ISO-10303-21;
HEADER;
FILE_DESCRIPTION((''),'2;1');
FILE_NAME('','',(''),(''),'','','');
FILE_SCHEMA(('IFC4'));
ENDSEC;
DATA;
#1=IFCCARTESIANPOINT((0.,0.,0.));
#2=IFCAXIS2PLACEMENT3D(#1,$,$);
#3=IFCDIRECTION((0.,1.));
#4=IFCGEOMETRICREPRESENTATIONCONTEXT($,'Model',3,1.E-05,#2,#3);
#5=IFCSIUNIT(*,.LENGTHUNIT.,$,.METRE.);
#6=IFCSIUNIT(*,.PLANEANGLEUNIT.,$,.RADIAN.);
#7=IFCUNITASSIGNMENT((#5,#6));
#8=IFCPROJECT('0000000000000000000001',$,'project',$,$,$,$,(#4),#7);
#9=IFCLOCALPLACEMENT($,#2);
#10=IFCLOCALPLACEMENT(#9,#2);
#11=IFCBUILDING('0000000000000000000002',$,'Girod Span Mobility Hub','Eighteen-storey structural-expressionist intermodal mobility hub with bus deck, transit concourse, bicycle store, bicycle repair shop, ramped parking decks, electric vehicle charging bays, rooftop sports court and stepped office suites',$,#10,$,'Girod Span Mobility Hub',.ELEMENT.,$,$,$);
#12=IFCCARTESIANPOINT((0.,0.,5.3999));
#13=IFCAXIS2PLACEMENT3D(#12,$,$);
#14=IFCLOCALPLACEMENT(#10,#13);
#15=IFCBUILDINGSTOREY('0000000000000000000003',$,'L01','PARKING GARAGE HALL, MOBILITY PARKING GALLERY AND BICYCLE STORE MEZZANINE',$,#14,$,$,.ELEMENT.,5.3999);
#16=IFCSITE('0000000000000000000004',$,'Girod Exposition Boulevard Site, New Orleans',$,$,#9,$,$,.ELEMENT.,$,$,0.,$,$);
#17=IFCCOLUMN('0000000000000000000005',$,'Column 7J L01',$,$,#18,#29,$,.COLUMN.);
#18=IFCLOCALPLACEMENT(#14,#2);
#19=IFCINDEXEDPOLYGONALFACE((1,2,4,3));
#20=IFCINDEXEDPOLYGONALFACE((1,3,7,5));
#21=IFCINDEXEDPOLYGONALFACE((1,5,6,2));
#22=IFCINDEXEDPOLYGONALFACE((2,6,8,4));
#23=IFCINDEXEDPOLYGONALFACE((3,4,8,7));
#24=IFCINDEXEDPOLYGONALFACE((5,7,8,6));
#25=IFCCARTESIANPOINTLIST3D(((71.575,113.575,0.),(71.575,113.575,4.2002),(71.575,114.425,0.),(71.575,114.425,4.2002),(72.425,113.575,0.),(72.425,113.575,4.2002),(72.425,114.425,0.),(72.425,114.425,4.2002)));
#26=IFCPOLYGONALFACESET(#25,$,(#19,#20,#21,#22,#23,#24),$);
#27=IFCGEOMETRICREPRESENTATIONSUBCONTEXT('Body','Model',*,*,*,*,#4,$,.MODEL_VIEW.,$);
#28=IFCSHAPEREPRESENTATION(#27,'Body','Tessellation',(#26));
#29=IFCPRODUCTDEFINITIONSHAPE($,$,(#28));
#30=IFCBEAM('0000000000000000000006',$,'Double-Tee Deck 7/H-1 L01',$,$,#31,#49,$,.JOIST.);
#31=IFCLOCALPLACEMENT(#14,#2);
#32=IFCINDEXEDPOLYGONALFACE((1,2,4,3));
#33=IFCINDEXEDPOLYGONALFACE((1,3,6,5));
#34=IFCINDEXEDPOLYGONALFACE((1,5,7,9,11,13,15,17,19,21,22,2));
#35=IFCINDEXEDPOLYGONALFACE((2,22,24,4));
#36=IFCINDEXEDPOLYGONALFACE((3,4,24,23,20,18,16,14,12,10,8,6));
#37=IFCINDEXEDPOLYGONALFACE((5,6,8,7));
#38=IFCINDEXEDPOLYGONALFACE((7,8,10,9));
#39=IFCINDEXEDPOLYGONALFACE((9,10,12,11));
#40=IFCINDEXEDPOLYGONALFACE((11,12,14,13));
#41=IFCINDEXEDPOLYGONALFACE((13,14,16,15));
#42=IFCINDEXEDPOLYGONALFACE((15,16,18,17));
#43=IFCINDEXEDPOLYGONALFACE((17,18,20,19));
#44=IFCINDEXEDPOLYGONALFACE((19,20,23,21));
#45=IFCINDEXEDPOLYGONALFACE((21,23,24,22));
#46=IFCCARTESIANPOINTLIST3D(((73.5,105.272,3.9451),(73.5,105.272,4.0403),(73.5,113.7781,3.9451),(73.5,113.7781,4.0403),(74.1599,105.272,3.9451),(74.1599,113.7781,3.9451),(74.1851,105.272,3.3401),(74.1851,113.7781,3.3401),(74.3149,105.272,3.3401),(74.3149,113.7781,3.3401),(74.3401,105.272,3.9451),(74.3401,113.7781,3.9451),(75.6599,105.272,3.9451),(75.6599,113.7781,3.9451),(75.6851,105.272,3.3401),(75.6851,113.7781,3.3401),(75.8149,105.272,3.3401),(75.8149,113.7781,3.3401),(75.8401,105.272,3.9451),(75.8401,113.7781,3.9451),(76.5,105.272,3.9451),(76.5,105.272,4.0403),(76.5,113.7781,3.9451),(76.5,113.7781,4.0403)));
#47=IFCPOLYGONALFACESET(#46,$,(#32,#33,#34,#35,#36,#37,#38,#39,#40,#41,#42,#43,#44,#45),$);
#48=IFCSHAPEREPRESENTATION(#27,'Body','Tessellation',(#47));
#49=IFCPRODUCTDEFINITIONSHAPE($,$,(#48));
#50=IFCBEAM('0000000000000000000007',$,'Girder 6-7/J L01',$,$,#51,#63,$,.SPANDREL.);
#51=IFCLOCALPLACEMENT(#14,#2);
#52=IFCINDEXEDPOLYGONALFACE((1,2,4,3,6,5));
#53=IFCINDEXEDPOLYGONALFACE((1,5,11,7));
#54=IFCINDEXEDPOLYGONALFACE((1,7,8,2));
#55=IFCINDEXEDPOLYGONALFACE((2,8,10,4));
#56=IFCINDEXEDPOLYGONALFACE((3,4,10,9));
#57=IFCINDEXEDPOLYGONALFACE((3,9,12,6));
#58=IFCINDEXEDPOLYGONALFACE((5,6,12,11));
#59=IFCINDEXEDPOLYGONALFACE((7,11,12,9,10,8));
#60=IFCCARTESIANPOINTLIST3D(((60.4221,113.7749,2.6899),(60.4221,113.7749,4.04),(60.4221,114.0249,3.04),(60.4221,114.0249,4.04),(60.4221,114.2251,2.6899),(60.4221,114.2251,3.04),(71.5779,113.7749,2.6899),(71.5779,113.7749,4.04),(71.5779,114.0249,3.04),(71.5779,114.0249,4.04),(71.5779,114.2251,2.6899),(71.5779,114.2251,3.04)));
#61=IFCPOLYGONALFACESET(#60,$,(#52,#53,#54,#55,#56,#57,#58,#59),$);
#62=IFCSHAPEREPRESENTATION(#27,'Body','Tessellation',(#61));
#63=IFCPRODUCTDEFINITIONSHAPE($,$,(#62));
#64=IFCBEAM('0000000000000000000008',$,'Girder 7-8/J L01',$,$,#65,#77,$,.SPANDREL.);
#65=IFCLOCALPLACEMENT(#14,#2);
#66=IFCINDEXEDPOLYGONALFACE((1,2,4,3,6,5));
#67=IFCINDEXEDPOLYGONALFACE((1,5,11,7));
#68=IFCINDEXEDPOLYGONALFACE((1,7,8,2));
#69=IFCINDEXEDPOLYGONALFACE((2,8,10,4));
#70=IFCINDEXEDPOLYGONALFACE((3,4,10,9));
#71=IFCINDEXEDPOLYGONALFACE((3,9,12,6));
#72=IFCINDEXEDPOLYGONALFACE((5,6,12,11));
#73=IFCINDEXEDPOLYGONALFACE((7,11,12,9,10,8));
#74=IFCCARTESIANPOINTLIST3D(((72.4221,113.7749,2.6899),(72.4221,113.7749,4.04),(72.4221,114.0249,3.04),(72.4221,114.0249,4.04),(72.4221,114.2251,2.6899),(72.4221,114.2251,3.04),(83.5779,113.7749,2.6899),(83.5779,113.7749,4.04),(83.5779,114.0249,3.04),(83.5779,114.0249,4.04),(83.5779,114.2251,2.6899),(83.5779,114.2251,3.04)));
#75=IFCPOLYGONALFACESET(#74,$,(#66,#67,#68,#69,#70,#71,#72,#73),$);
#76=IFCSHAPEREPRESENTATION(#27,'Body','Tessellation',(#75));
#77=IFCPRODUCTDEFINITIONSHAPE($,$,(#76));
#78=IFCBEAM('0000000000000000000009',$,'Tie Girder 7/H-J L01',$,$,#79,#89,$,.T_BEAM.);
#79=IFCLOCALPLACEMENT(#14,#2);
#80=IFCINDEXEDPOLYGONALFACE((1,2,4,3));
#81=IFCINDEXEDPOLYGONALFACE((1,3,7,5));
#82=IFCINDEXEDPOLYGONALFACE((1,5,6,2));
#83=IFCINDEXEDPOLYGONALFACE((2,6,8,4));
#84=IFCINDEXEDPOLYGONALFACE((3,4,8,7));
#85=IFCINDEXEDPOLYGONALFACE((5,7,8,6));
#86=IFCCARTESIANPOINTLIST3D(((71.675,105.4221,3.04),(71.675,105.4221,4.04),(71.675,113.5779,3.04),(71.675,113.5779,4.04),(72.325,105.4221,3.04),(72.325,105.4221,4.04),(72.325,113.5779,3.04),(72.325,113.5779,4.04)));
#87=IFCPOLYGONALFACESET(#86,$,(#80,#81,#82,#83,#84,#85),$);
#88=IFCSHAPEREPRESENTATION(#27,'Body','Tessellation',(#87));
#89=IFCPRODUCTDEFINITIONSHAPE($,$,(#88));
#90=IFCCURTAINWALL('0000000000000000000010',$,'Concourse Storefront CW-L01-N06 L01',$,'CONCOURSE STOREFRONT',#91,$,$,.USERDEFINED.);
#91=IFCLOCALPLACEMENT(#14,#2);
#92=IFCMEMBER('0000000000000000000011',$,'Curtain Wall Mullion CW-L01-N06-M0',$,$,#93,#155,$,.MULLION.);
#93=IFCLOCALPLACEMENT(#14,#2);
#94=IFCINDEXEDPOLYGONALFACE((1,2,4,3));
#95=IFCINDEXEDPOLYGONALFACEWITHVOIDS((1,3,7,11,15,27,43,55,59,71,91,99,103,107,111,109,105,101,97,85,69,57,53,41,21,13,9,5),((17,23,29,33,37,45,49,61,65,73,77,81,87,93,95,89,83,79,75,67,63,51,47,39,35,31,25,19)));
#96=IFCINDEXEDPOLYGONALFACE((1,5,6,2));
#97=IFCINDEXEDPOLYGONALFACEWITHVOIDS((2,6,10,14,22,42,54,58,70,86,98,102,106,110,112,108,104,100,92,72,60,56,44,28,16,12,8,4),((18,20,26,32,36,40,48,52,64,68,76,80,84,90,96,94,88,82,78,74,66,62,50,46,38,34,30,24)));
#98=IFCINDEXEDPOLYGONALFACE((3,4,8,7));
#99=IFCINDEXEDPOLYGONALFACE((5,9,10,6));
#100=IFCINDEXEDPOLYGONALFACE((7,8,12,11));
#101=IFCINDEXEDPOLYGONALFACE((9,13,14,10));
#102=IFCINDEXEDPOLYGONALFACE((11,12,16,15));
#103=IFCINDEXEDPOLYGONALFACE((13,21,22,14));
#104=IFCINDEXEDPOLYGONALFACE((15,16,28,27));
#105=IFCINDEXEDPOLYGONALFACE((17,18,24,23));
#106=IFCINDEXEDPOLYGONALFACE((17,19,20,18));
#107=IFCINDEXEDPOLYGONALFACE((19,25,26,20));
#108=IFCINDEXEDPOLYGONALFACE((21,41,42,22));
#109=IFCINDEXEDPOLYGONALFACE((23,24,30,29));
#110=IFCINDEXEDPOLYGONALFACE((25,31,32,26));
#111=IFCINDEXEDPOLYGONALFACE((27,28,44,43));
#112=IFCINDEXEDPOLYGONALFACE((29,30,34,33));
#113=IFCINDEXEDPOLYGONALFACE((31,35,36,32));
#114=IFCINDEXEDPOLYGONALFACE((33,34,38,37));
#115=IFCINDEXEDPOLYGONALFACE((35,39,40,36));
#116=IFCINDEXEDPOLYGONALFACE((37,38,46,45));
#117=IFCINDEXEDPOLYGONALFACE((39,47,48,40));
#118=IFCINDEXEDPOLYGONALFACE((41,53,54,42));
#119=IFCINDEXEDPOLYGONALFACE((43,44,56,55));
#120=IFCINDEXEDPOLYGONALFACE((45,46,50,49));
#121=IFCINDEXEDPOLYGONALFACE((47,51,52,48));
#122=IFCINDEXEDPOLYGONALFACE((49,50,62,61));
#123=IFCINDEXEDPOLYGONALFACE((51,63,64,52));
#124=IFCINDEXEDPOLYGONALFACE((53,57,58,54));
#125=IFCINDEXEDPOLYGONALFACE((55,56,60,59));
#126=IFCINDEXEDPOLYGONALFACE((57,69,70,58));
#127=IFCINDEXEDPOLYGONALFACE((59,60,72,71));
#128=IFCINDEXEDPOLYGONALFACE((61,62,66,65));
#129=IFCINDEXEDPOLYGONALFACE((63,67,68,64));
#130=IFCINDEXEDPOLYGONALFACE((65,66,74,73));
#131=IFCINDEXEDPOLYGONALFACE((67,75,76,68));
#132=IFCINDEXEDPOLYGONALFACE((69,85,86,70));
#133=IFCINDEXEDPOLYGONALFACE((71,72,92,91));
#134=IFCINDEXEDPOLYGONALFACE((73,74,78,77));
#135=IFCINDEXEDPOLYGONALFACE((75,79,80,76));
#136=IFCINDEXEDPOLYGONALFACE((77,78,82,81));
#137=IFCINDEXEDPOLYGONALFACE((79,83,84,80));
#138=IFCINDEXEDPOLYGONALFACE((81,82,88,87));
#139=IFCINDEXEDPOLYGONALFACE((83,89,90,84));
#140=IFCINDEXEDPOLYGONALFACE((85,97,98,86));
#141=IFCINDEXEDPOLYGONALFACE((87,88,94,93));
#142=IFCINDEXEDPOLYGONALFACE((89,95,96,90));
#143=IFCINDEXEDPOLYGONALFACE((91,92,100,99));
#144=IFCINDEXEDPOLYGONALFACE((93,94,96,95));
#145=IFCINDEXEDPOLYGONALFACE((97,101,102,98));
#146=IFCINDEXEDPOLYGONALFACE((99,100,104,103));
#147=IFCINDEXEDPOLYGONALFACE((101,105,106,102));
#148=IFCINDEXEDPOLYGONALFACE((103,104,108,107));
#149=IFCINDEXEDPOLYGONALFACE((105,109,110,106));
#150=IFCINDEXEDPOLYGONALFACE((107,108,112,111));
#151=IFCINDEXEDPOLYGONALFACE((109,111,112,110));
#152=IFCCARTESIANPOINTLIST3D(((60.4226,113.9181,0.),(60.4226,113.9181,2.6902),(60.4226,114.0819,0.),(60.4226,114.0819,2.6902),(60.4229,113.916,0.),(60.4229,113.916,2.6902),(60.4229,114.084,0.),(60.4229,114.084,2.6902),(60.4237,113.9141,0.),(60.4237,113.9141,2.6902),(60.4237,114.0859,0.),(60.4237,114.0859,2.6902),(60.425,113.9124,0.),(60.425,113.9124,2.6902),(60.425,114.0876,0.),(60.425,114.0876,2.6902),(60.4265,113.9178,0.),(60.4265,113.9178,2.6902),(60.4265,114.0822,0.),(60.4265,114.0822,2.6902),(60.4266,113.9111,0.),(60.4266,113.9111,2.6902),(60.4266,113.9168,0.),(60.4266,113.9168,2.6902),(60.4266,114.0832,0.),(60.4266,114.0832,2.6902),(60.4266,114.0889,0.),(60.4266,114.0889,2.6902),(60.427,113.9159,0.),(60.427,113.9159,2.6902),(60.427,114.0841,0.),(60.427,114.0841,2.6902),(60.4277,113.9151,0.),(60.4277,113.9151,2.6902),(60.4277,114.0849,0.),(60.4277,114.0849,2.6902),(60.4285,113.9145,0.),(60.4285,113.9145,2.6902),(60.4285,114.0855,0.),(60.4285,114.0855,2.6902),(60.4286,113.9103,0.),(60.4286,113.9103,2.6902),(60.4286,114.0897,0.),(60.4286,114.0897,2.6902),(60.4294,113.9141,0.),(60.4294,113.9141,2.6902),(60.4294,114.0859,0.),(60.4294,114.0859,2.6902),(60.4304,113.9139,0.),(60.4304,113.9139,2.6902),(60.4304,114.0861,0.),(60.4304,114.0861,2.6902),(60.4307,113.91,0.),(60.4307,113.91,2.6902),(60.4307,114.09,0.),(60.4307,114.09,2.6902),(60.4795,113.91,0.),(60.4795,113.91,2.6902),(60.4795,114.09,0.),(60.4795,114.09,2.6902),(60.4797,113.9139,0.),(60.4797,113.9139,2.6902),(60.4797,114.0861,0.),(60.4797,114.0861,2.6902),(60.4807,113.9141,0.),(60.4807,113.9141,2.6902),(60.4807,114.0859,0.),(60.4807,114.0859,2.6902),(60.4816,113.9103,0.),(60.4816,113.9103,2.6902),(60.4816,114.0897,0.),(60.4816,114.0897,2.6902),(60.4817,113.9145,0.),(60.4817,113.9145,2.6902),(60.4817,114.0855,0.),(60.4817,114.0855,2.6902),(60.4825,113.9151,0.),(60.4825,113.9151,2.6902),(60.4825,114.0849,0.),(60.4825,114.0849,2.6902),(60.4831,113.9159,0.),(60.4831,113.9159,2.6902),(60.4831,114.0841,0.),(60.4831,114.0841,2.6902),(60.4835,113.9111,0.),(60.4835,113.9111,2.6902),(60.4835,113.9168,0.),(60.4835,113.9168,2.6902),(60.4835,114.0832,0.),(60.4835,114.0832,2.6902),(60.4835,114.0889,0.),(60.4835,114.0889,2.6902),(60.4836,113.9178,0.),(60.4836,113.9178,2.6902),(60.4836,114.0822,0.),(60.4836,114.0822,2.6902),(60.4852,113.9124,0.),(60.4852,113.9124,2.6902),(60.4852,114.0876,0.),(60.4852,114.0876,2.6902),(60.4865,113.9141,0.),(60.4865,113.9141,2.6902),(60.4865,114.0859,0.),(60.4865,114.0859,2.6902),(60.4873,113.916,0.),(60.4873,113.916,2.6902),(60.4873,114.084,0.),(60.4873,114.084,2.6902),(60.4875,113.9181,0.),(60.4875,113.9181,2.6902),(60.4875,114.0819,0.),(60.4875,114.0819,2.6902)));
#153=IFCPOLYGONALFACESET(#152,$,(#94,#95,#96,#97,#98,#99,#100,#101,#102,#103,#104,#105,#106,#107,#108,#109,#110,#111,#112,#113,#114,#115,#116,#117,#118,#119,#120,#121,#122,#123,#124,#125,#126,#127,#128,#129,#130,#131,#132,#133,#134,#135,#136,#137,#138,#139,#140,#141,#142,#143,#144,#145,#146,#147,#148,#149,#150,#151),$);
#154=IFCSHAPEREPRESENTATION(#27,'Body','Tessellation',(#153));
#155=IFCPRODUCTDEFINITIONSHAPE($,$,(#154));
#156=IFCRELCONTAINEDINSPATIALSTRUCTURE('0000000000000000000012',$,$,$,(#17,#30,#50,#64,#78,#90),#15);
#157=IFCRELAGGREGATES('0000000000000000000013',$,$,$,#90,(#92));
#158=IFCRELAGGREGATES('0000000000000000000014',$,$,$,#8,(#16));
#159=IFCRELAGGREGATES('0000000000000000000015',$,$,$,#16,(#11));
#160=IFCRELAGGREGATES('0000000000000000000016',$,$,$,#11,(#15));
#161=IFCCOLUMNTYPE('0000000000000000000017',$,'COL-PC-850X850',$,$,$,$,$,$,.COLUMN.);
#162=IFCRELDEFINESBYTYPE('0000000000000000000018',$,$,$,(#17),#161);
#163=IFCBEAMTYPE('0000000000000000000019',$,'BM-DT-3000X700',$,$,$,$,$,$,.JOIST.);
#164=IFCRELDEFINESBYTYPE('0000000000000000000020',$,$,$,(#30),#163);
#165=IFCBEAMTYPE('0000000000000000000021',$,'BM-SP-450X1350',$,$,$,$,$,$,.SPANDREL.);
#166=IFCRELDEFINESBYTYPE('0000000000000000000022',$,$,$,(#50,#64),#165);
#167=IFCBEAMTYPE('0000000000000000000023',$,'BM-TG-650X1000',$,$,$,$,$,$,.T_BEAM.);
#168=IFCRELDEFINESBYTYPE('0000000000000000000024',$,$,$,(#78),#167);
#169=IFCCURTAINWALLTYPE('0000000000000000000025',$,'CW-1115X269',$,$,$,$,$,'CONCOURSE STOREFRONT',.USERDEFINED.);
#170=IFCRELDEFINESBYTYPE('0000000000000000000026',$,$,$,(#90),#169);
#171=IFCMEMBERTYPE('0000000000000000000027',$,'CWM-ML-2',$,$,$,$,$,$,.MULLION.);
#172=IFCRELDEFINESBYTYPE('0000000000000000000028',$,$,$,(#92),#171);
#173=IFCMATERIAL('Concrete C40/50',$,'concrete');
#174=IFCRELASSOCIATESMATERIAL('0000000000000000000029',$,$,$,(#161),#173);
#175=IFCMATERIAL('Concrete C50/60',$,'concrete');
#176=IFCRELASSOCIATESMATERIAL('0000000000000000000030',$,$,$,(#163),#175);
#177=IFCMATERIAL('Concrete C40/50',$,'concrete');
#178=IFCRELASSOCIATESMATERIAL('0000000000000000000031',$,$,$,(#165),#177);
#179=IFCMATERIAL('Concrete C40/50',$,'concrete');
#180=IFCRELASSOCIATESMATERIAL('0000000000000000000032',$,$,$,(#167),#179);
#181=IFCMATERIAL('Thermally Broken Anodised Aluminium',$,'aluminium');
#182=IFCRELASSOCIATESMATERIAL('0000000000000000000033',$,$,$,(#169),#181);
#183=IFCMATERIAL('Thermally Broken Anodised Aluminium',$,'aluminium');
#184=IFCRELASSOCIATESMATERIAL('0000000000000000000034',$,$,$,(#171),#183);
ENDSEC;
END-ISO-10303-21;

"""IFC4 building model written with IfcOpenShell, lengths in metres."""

from ifc_helpers import new_model, si_unit, direction, frame, origin, origin_2d, place, context, subcontext, project, spatial, polyline, rectangle, hollow_rectangle, outline, extrude, material, material_profile, profile_set, type_object, element, aggregate, save


model = new_model("IFC4")

# Units and contexts
model_context = context("Model", 3, precision=1e-05, world=origin(), true_north=direction((0.0, 1.0)))
body_context = subcontext(model_context, "Body", "Model", "MODEL_VIEW")
ifc_project = project(units=[si_unit("LENGTHUNIT", "METRE"), si_unit("PLANEANGLEUNIT", "RADIAN")], contexts=[model_context])

# Site, building, storey
site_placement = place(None, origin())
site = spatial("IfcSite", under=ifc_project, at=site_placement, Name="Girod Exposition Boulevard Site, New Orleans", CompositionType="ELEMENT", RefElevation=0.0)
building_placement = place(site_placement, origin())
building = spatial("IfcBuilding", under=site, at=building_placement, Name="Girod Span Mobility Hub", Description="Eighteen-storey structural-expressionist intermodal mobility hub with bus deck, transit concourse, bicycle store, bicycle repair shop, ramped parking decks, electric vehicle charging bays, rooftop sports court and stepped office suites", LongName="Girod Span Mobility Hub", CompositionType="ELEMENT")
storey_placement = place(building_placement, frame((0.0, 0.0, 5.3999)))
storey = spatial("IfcBuildingStorey", under=building, at=storey_placement, Name="L01", Description="PARKING GARAGE HALL, MOBILITY PARKING GALLERY AND BICYCLE STORE MEZZANINE", CompositionType="ELEMENT", Elevation=5.3999)

# Column
ifc_material_1 = material(Name="Concrete C40/50", Category="concrete")
ifc_material_profile_1 = material_profile(ifc_material_1, rectangle(XDim=0.8501, YDim=0.8501, at=origin_2d()), Name="PC-COL-850X850")
ifc_profile_set_1 = profile_set([ifc_material_profile_1], Name="Concrete C40/50")
column_type = type_object("IfcColumnType", Name="COL-PC-850X850", PredefinedType="COLUMN", material=ifc_profile_set_1)
column_placement = place(storey_placement, frame((72.0, 114.0, 0.0), z_axis=(0.0, 0.0, 1.0), x_axis=(1.0, 0.0, 0.0)))
element("IfcColumn", 1, at=column_placement, inside=storey, type_object=column_type, Name="Column 7J L01", PredefinedType="COLUMN", context=body_context, shape_type="SweptSolid", body=[
    extrude(rectangle(XDim=0.8501, YDim=0.8501, at=origin_2d()), origin(), (0.0, 0.0, 1.0), 4.2002),
])

# Beams
ifc_material_2 = material(Name="Concrete C50/60", Category="concrete")
ifc_material_profile_2 = material_profile(ifc_material_2, outline(polyline([(-1.5, 0.3501), (-1.5, 0.2549), (-0.8401, 0.2549), (-0.8149, -0.3501), (-0.6851, -0.3501), (-0.6599, 0.2549), (0.6599, 0.2549), (0.6851, -0.3501), (0.8149, -0.3501), (0.8401, 0.2549), (1.5, 0.2549), (1.5, 0.3501), (-1.5, 0.3501)])), Name="DT-3000X700")
ifc_profile_set_2 = profile_set([ifc_material_profile_2], Name="Concrete C50/60")
beam_type_1 = type_object("IfcBeamType", Name="BM-DT-3000X700", PredefinedType="JOIST", material=ifc_profile_set_2)
beam_1_placement = place(storey_placement, frame((75.0, 105.272, 3.6902), z_axis=(0.0, 1.0, 0.0), x_axis=(-1.0, 0.0, 0.0)))
element("IfcBeam", 2, at=beam_1_placement, inside=storey, type_object=beam_type_1, Name="Double-Tee Deck 7/H-1 L01", PredefinedType="JOIST", context=body_context, shape_type="SweptSolid", body=[
    extrude(outline(polyline([(-1.5, 0.3501), (-1.5, 0.2549), (-0.8401, 0.2549), (-0.8149, -0.3501), (-0.6851, -0.3501), (-0.6599, 0.2549), (0.6599, 0.2549), (0.6851, -0.3501), (0.8149, -0.3501), (0.8401, 0.2549), (1.5, 0.2549), (1.5, 0.3501), (-1.5, 0.3501)])), origin(), (0.0, 0.0, 1.0), 8.5061),
])
ifc_material_3 = material(Name="Concrete C40/50", Category="concrete")
ifc_material_profile_3 = material_profile(ifc_material_3, outline(polyline([(-0.2251, -0.675), (0.2251, -0.675), (0.2251, -0.325), (0.0249, -0.325), (0.0249, 0.675), (-0.2251, 0.675), (-0.2251, -0.675)])), Name="SP-450X1350")
ifc_profile_set_3 = profile_set([ifc_material_profile_3], Name="Concrete C40/50")
beam_type_2 = type_object("IfcBeamType", Name="BM-SP-450X1350", PredefinedType="SPANDREL", material=ifc_profile_set_3)
for number, where, z_axis, x_axis, name in (
    (3, (60.4221, 114.0, 3.365), (1.0, 0.0, 0.0), (0.0, 1.0, 0.0), "Girder 6-7/J L01"),
    (4, (72.4221, 114.0, 3.365), (1.0, 0.0, 0.0), (0.0, 1.0, 0.0), "Girder 7-8/J L01"),
):
    element("IfcBeam", number, at=place(storey_placement, frame(where, z_axis=z_axis, x_axis=x_axis)), inside=storey, type_object=beam_type_2, Name=name, PredefinedType="SPANDREL", context=body_context, shape_type="SweptSolid", body=[
        extrude(outline(polyline([(-0.2251, -0.675), (0.2251, -0.675), (0.2251, -0.325), (0.0249, -0.325), (0.0249, 0.675), (-0.2251, 0.675), (-0.2251, -0.675)])), origin(), (0.0, 0.0, 1.0), 11.1558),
    ])
ifc_material_4 = material(Name="Concrete C40/50", Category="concrete")
ifc_material_profile_4 = material_profile(ifc_material_4, rectangle(XDim=0.6499, YDim=1.0, at=origin_2d()), Name="TG-650X1000")
ifc_profile_set_4 = profile_set([ifc_material_profile_4], Name="Concrete C40/50")
beam_type_3 = type_object("IfcBeamType", Name="BM-TG-650X1000", PredefinedType="T_BEAM", material=ifc_profile_set_4)
beam_2_placement = place(storey_placement, frame((72.0, 105.4221, 3.54), z_axis=(0.0, 1.0, 0.0), x_axis=(-1.0, 0.0, 0.0)))
element("IfcBeam", 5, at=beam_2_placement, inside=storey, type_object=beam_type_3, Name="Tie Girder 7/H-J L01", PredefinedType="T_BEAM", context=body_context, shape_type="SweptSolid", body=[
    extrude(rectangle(XDim=0.6499, YDim=1.0, at=origin_2d()), origin(), (0.0, 0.0, 1.0), 8.1558),
])

# Curtain wall, member
ifc_material_5 = material(Name="Thermally Broken Anodised Aluminium", Category="aluminium")
curtain_wall_type = type_object("IfcCurtainWallType", Name="CW-1115X269", ElementType="CONCOURSE STOREFRONT", PredefinedType="USERDEFINED", material=ifc_material_5)
curtain_wall_placement = place(storey_placement, origin())
curtain_wall = element("IfcCurtainWall", 6, at=curtain_wall_placement, inside=storey, type_object=curtain_wall_type, Name="Concourse Storefront CW-L01-N06 L01", ObjectType="CONCOURSE STOREFRONT", PredefinedType="USERDEFINED")
ifc_material_6 = material(Name="Thermally Broken Anodised Aluminium", Category="aluminium")
ifc_material_profile_5 = material_profile(ifc_material_6, hollow_rectangle(XDim=0.1799, YDim=0.0649, WallThickness=0.0039, InnerFilletRadius=0.0039, OuterFilletRadius=0.0081, at=origin_2d()), Name="CW-ML-65X180")
ifc_profile_set_5 = profile_set([ifc_material_profile_5], Name="Thermally Broken Anodised Aluminium")
member_type_1 = type_object("IfcMemberType", Name="CWM-ML-2", PredefinedType="MULLION", material=ifc_profile_set_5)
member_1_placement = place(storey_placement, frame((60.4551, 114.0, 0.0), z_axis=(0.0, 0.0, 1.0), x_axis=(0.0, 1.0, 0.0)))
member_1 = element("IfcMember", 7, at=member_1_placement, type_object=member_type_1, Name="Curtain Wall Mullion CW-L01-N06-M0", PredefinedType="MULLION", context=body_context, shape_type="SweptSolid", body=[
    extrude(hollow_rectangle(XDim=0.1799, YDim=0.0649, WallThickness=0.0039, InnerFilletRadius=0.0039, OuterFilletRadius=0.0081, at=origin_2d()), origin(), (0.0, 0.0, 1.0), 2.6902),
])
aggregate(curtain_wall, [member_1])

save(model, "model.ifc")
